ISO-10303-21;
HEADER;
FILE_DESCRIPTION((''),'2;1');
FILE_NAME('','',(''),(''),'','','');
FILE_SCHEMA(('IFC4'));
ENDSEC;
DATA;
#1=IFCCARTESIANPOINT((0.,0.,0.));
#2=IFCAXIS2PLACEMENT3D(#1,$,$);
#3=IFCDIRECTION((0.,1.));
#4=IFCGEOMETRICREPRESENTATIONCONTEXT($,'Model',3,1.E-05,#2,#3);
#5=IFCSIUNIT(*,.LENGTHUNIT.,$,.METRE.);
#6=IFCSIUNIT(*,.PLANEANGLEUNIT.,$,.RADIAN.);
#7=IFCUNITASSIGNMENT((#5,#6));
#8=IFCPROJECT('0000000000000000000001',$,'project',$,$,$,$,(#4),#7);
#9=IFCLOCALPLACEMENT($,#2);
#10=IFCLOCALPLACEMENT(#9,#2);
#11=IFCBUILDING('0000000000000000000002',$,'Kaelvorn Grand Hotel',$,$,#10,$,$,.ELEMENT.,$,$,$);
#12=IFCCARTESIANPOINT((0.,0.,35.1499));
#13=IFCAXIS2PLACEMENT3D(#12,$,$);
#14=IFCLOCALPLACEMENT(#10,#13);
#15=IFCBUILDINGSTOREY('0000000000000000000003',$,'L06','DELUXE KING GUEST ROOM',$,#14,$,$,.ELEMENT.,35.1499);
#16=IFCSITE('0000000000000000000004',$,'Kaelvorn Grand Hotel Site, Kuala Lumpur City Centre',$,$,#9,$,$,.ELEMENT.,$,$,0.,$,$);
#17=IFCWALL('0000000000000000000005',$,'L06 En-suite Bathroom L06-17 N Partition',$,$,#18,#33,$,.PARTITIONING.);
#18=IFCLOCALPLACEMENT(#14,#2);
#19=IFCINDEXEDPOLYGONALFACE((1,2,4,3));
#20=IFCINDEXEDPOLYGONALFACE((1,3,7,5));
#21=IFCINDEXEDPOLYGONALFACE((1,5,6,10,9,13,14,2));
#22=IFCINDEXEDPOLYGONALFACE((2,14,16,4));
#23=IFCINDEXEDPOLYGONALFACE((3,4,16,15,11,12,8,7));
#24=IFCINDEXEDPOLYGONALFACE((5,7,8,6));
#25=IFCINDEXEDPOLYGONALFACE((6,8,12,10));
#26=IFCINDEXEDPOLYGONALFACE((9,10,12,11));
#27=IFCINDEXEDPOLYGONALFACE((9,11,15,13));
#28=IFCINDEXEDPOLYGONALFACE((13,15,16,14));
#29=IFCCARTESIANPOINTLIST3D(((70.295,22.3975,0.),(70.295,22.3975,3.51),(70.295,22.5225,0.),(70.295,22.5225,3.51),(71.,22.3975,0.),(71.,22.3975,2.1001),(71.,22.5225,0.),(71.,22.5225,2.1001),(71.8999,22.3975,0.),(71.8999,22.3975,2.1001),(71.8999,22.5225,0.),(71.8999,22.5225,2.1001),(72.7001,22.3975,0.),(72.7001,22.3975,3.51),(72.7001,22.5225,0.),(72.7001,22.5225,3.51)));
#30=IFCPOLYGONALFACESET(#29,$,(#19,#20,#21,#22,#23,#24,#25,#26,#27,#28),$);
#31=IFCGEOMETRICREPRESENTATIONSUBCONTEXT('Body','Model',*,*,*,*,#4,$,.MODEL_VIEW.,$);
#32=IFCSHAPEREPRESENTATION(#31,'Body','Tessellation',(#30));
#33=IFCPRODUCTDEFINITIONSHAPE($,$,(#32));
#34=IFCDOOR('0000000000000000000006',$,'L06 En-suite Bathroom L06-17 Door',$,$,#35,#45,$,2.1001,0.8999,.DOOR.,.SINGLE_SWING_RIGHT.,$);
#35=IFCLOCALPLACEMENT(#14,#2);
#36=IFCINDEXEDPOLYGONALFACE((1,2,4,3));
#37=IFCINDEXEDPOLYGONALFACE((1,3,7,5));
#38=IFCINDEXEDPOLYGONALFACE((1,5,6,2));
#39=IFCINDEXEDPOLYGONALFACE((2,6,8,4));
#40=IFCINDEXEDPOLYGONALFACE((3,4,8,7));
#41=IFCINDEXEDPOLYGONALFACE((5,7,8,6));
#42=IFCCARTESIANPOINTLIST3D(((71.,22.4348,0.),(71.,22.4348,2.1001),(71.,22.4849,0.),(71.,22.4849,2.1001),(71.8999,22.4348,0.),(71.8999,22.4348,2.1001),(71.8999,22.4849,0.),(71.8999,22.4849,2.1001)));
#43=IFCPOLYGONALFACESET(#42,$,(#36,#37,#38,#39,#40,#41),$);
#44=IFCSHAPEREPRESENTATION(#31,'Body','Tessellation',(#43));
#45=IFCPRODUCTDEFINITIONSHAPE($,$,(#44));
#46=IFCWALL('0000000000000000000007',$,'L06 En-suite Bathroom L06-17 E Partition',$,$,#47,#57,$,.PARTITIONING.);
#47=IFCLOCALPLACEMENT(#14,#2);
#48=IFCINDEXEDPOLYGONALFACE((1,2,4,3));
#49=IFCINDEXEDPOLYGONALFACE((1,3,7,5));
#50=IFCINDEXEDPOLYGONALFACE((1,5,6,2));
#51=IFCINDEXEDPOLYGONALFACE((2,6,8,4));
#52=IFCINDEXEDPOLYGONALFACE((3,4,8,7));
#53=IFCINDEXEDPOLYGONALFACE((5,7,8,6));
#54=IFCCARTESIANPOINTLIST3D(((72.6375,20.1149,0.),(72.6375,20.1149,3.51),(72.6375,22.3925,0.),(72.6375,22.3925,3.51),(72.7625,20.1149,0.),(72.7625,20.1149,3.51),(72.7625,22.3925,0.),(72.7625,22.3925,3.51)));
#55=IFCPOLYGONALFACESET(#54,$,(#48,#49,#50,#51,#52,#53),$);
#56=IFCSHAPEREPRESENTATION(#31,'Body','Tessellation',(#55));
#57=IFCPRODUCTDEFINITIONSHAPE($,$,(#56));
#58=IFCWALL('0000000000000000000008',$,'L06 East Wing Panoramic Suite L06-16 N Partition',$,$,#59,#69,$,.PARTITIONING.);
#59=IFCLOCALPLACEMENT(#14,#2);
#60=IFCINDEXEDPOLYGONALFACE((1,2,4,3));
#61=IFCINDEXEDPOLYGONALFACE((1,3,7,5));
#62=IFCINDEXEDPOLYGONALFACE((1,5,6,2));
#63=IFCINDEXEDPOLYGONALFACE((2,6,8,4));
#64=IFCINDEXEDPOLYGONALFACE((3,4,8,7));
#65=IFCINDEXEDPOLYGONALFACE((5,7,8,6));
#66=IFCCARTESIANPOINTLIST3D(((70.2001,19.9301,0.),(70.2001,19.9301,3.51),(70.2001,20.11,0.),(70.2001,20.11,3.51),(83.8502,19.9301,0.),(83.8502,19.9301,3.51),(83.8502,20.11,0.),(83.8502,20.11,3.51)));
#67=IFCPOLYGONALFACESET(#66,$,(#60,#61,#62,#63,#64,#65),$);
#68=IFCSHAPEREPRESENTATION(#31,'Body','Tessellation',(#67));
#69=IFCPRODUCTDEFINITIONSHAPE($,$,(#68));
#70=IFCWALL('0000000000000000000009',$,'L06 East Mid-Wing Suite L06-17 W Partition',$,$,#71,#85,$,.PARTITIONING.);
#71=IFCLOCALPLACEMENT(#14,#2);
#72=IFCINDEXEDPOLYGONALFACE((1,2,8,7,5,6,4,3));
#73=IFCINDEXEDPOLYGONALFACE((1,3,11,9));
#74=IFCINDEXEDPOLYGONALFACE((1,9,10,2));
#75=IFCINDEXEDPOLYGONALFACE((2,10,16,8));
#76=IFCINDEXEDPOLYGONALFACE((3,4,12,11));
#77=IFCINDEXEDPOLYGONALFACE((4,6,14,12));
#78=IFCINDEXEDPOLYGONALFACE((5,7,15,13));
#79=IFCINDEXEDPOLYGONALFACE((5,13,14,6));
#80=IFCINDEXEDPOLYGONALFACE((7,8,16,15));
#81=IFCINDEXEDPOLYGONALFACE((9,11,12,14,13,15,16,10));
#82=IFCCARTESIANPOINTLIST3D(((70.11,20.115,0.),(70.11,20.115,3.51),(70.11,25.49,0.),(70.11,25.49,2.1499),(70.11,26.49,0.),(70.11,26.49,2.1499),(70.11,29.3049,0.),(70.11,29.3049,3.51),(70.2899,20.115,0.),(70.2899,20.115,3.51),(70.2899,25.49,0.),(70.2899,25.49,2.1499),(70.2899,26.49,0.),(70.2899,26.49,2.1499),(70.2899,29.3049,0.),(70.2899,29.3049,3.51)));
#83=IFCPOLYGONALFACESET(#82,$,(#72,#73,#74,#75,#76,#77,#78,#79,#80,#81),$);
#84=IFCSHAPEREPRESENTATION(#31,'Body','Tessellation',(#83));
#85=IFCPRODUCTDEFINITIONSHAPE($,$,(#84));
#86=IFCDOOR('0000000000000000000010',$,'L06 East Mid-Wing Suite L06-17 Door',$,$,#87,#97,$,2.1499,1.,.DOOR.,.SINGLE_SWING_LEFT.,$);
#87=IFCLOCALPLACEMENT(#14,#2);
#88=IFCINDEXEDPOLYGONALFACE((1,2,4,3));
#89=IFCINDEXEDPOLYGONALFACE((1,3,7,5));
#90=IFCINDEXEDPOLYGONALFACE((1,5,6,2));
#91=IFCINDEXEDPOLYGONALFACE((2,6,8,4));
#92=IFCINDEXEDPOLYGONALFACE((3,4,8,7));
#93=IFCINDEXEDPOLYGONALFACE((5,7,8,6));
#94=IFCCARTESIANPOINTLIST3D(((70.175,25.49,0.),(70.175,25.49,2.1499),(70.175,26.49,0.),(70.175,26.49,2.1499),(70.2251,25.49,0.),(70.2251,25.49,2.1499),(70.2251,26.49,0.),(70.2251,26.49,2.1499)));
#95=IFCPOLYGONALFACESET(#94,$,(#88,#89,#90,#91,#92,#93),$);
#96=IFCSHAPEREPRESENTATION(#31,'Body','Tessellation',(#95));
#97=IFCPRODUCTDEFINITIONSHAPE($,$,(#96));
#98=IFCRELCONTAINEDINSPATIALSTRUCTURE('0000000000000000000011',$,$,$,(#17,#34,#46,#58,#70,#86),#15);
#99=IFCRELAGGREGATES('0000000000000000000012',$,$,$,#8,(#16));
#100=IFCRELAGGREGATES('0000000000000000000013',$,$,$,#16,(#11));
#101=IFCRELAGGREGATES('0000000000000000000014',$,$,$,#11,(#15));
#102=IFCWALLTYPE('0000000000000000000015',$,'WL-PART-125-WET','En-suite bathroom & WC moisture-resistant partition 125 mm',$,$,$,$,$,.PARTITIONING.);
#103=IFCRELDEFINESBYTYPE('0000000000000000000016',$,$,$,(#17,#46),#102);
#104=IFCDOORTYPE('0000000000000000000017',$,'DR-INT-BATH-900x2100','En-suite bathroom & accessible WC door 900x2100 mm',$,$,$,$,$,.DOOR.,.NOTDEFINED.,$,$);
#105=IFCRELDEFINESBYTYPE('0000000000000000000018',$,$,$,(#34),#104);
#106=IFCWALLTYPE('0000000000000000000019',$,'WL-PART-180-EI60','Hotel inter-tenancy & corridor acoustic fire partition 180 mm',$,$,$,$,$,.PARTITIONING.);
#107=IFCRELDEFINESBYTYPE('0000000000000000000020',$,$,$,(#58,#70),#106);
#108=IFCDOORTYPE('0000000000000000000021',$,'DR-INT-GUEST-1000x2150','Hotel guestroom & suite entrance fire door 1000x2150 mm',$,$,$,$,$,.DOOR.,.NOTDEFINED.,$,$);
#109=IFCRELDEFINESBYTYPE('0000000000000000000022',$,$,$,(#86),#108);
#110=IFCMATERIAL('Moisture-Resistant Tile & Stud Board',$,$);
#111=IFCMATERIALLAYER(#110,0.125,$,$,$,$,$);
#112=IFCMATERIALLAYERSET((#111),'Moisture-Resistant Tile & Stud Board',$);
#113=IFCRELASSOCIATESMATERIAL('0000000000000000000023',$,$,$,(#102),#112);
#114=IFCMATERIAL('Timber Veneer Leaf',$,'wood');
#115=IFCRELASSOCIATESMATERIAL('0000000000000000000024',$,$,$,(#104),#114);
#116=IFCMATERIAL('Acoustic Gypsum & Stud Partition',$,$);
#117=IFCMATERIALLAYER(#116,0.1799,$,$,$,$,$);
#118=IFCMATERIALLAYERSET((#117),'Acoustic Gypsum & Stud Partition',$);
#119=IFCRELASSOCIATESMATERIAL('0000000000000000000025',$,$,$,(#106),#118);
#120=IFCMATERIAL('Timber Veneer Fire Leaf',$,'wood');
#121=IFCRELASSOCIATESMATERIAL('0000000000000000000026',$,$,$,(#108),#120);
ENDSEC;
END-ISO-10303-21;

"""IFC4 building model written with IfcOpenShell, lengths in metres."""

from ifc_helpers import new_model, si_unit, direction, frame, frame_2d, origin, place, context, subcontext, project, spatial, rectangle, extrude, material, layer, layer_set, type_object, element, fill, save


model = new_model("IFC4")

# Units and contexts
model_context = context("Model", 3, precision=1e-05, world=origin(), true_north=direction((0.0, 1.0)))
body_context = subcontext(model_context, "Body", "Model", "MODEL_VIEW")
ifc_project = project(units=[si_unit("LENGTHUNIT", "METRE"), si_unit("PLANEANGLEUNIT", "RADIAN")], contexts=[model_context])

# Site, building, storey
site_placement = place(None, origin())
site = spatial("IfcSite", under=ifc_project, at=site_placement, Name="Kaelvorn Grand Hotel Site, Kuala Lumpur City Centre", CompositionType="ELEMENT", RefElevation=0.0)
building_placement = place(site_placement, origin())
building = spatial("IfcBuilding", under=site, at=building_placement, Name="Kaelvorn Grand Hotel", CompositionType="ELEMENT")
storey_placement = place(building_placement, frame((0.0, 0.0, 35.1499)))
storey = spatial("IfcBuildingStorey", under=building, at=storey_placement, Name="L06", Description="DELUXE KING GUEST ROOM", CompositionType="ELEMENT", Elevation=35.1499)

# Shared definitions
ifc_material_1 = material(Name="Moisture-Resistant Tile & Stud Board")
ifc_layer_1 = layer(ifc_material_1, 0.125)
ifc_layer_set_1 = layer_set([ifc_layer_1], Name="Moisture-Resistant Tile & Stud Board")
wall_type_1 = type_object("IfcWallType", Name="WL-PART-125-WET", Description="En-suite bathroom & WC moisture-resistant partition 125 mm", PredefinedType="PARTITIONING", material=ifc_layer_set_1)
ifc_material_2 = material(Name="Timber Veneer Leaf", Category="wood")
door_type_1 = type_object("IfcDoorType", Name="DR-INT-BATH-900x2100", Description="En-suite bathroom & accessible WC door 900x2100 mm", OperationType="NOTDEFINED", PredefinedType="DOOR", material=ifc_material_2)

# Wall, opening, door
wall_1_placement = place(storey_placement, frame((70.2949, 22.46, 0.0), z_axis=(0.0, 0.0, 1.0), x_axis=(1.0, 0.0, 0.0)))
wall_1 = element("IfcWall", 1, at=wall_1_placement, inside=storey, type_object=wall_type_1, Name="L06 En-suite Bathroom L06-17 N Partition", PredefinedType="PARTITIONING", context=body_context, shape_type="SweptSolid", body=[
    extrude(rectangle(XDim=2.405, YDim=0.125, at=frame_2d((1.2026, 0.0))), origin(), (0.0, 0.0, 1.0), 3.51),
])
opening_1_placement = place(wall_1_placement, frame((0.7051, 0.0, 0.0)))
opening_1 = element("IfcOpeningElement", 2, at=opening_1_placement, cuts=wall_1, PredefinedType="OPENING", context=body_context, shape_type="SweptSolid", body=[
    extrude(rectangle(XDim=0.8999, YDim=2.1001, at=frame_2d((0.45, 1.05))), frame((0.0, 0.0725, 0.0), z_axis=(0.0, -1.0, 0.0), x_axis=(1.0, 0.0, 0.0)), (0.0, 0.0, 1.0), 0.145),
])
door_1_placement = place(opening_1_placement, origin())
door_1 = element("IfcDoor", 3, at=door_1_placement, inside=storey, type_object=door_type_1, Name="L06 En-suite Bathroom L06-17 Door", OperationType="SINGLE_SWING_RIGHT", OverallHeight=2.1001, OverallWidth=0.8999, PredefinedType="DOOR", context=body_context, shape_type="SweptSolid", body=[
    extrude(rectangle(XDim=0.8999, YDim=2.1001, at=frame_2d((0.45, 1.05))), frame((0.0, 0.0249, 0.0), z_axis=(0.0, -1.0, 0.0), x_axis=(1.0, 0.0, 0.0)), (0.0, 0.0, 1.0), 0.05),
])
fill(opening_1, door_1)

# Walls
wall_2_placement = place(storey_placement, frame((72.7, 20.115, 0.0), z_axis=(0.0, 0.0, 1.0), x_axis=(0.0, 1.0, 0.0)))
element("IfcWall", 4, at=wall_2_placement, inside=storey, type_object=wall_type_1, Name="L06 En-suite Bathroom L06-17 E Partition", PredefinedType="PARTITIONING", context=body_context, shape_type="SweptSolid", body=[
    extrude(rectangle(XDim=2.2776, YDim=0.125, at=frame_2d((1.1387, 0.0))), origin(), (0.0, 0.0, 1.0), 3.51),
])
ifc_material_3 = material(Name="Acoustic Gypsum & Stud Partition")
ifc_layer_2 = layer(ifc_material_3, 0.1799)
ifc_layer_set_2 = layer_set([ifc_layer_2], Name="Acoustic Gypsum & Stud Partition")
wall_type_2 = type_object("IfcWallType", Name="WL-PART-180-EI60", Description="Hotel inter-tenancy & corridor acoustic fire partition 180 mm", PredefinedType="PARTITIONING", material=ifc_layer_set_2)
wall_3_placement = place(storey_placement, frame((70.2, 20.02, 0.0), z_axis=(0.0, 0.0, 1.0), x_axis=(1.0, 0.0, 0.0)))
element("IfcWall", 5, at=wall_3_placement, inside=storey, type_object=wall_type_2, Name="L06 East Wing Panoramic Suite L06-16 N Partition", PredefinedType="PARTITIONING", context=body_context, shape_type="SweptSolid", body=[
    extrude(rectangle(XDim=13.6501, YDim=0.1799, at=frame_2d((6.8252, 0.0))), origin(), (0.0, 0.0, 1.0), 3.51),
])

# Wall, opening, door
wall_4_placement = place(storey_placement, frame((70.2, 20.115, 0.0), z_axis=(0.0, 0.0, 1.0), x_axis=(0.0, 1.0, 0.0)))
wall_4 = element("IfcWall", 6, at=wall_4_placement, inside=storey, type_object=wall_type_2, Name="L06 East Mid-Wing Suite L06-17 W Partition", PredefinedType="PARTITIONING", context=body_context, shape_type="SweptSolid", body=[
    extrude(rectangle(XDim=9.1899, YDim=0.1799, at=frame_2d((4.595, 0.0))), origin(), (0.0, 0.0, 1.0), 3.51),
])
opening_2_placement = place(wall_4_placement, frame((5.375, 0.0, 0.0)))
opening_2 = element("IfcOpeningElement", 7, at=opening_2_placement, cuts=wall_4, PredefinedType="OPENING", context=body_context, shape_type="SweptSolid", body=[
    extrude(rectangle(XDim=1.0, YDim=2.1499, at=frame_2d((0.5, 1.075))), frame((0.0, 0.1001, 0.0), z_axis=(0.0, -1.0, 0.0), x_axis=(1.0, 0.0, 0.0)), (0.0, 0.0, 1.0), 0.2),
])
ifc_material_4 = material(Name="Timber Veneer Fire Leaf", Category="wood")
door_type_2 = type_object("IfcDoorType", Name="DR-INT-GUEST-1000x2150", Description="Hotel guestroom & suite entrance fire door 1000x2150 mm", OperationType="NOTDEFINED", PredefinedType="DOOR", material=ifc_material_4)
door_2_placement = place(opening_2_placement, origin())
door_2 = element("IfcDoor", 8, at=door_2_placement, inside=storey, type_object=door_type_2, Name="L06 East Mid-Wing Suite L06-17 Door", OperationType="SINGLE_SWING_LEFT", OverallHeight=2.1499, OverallWidth=1.0, PredefinedType="DOOR", context=body_context, shape_type="SweptSolid", body=[
    extrude(rectangle(XDim=1.0, YDim=2.1499, at=frame_2d((0.5, 1.075))), frame((0.0, 0.0249, 0.0), z_axis=(0.0, -1.0, 0.0), x_axis=(1.0, 0.0, 0.0)), (0.0, 0.0, 1.0), 0.05),
])
fill(opening_2, door_2)

save(model, "model.ifc")
